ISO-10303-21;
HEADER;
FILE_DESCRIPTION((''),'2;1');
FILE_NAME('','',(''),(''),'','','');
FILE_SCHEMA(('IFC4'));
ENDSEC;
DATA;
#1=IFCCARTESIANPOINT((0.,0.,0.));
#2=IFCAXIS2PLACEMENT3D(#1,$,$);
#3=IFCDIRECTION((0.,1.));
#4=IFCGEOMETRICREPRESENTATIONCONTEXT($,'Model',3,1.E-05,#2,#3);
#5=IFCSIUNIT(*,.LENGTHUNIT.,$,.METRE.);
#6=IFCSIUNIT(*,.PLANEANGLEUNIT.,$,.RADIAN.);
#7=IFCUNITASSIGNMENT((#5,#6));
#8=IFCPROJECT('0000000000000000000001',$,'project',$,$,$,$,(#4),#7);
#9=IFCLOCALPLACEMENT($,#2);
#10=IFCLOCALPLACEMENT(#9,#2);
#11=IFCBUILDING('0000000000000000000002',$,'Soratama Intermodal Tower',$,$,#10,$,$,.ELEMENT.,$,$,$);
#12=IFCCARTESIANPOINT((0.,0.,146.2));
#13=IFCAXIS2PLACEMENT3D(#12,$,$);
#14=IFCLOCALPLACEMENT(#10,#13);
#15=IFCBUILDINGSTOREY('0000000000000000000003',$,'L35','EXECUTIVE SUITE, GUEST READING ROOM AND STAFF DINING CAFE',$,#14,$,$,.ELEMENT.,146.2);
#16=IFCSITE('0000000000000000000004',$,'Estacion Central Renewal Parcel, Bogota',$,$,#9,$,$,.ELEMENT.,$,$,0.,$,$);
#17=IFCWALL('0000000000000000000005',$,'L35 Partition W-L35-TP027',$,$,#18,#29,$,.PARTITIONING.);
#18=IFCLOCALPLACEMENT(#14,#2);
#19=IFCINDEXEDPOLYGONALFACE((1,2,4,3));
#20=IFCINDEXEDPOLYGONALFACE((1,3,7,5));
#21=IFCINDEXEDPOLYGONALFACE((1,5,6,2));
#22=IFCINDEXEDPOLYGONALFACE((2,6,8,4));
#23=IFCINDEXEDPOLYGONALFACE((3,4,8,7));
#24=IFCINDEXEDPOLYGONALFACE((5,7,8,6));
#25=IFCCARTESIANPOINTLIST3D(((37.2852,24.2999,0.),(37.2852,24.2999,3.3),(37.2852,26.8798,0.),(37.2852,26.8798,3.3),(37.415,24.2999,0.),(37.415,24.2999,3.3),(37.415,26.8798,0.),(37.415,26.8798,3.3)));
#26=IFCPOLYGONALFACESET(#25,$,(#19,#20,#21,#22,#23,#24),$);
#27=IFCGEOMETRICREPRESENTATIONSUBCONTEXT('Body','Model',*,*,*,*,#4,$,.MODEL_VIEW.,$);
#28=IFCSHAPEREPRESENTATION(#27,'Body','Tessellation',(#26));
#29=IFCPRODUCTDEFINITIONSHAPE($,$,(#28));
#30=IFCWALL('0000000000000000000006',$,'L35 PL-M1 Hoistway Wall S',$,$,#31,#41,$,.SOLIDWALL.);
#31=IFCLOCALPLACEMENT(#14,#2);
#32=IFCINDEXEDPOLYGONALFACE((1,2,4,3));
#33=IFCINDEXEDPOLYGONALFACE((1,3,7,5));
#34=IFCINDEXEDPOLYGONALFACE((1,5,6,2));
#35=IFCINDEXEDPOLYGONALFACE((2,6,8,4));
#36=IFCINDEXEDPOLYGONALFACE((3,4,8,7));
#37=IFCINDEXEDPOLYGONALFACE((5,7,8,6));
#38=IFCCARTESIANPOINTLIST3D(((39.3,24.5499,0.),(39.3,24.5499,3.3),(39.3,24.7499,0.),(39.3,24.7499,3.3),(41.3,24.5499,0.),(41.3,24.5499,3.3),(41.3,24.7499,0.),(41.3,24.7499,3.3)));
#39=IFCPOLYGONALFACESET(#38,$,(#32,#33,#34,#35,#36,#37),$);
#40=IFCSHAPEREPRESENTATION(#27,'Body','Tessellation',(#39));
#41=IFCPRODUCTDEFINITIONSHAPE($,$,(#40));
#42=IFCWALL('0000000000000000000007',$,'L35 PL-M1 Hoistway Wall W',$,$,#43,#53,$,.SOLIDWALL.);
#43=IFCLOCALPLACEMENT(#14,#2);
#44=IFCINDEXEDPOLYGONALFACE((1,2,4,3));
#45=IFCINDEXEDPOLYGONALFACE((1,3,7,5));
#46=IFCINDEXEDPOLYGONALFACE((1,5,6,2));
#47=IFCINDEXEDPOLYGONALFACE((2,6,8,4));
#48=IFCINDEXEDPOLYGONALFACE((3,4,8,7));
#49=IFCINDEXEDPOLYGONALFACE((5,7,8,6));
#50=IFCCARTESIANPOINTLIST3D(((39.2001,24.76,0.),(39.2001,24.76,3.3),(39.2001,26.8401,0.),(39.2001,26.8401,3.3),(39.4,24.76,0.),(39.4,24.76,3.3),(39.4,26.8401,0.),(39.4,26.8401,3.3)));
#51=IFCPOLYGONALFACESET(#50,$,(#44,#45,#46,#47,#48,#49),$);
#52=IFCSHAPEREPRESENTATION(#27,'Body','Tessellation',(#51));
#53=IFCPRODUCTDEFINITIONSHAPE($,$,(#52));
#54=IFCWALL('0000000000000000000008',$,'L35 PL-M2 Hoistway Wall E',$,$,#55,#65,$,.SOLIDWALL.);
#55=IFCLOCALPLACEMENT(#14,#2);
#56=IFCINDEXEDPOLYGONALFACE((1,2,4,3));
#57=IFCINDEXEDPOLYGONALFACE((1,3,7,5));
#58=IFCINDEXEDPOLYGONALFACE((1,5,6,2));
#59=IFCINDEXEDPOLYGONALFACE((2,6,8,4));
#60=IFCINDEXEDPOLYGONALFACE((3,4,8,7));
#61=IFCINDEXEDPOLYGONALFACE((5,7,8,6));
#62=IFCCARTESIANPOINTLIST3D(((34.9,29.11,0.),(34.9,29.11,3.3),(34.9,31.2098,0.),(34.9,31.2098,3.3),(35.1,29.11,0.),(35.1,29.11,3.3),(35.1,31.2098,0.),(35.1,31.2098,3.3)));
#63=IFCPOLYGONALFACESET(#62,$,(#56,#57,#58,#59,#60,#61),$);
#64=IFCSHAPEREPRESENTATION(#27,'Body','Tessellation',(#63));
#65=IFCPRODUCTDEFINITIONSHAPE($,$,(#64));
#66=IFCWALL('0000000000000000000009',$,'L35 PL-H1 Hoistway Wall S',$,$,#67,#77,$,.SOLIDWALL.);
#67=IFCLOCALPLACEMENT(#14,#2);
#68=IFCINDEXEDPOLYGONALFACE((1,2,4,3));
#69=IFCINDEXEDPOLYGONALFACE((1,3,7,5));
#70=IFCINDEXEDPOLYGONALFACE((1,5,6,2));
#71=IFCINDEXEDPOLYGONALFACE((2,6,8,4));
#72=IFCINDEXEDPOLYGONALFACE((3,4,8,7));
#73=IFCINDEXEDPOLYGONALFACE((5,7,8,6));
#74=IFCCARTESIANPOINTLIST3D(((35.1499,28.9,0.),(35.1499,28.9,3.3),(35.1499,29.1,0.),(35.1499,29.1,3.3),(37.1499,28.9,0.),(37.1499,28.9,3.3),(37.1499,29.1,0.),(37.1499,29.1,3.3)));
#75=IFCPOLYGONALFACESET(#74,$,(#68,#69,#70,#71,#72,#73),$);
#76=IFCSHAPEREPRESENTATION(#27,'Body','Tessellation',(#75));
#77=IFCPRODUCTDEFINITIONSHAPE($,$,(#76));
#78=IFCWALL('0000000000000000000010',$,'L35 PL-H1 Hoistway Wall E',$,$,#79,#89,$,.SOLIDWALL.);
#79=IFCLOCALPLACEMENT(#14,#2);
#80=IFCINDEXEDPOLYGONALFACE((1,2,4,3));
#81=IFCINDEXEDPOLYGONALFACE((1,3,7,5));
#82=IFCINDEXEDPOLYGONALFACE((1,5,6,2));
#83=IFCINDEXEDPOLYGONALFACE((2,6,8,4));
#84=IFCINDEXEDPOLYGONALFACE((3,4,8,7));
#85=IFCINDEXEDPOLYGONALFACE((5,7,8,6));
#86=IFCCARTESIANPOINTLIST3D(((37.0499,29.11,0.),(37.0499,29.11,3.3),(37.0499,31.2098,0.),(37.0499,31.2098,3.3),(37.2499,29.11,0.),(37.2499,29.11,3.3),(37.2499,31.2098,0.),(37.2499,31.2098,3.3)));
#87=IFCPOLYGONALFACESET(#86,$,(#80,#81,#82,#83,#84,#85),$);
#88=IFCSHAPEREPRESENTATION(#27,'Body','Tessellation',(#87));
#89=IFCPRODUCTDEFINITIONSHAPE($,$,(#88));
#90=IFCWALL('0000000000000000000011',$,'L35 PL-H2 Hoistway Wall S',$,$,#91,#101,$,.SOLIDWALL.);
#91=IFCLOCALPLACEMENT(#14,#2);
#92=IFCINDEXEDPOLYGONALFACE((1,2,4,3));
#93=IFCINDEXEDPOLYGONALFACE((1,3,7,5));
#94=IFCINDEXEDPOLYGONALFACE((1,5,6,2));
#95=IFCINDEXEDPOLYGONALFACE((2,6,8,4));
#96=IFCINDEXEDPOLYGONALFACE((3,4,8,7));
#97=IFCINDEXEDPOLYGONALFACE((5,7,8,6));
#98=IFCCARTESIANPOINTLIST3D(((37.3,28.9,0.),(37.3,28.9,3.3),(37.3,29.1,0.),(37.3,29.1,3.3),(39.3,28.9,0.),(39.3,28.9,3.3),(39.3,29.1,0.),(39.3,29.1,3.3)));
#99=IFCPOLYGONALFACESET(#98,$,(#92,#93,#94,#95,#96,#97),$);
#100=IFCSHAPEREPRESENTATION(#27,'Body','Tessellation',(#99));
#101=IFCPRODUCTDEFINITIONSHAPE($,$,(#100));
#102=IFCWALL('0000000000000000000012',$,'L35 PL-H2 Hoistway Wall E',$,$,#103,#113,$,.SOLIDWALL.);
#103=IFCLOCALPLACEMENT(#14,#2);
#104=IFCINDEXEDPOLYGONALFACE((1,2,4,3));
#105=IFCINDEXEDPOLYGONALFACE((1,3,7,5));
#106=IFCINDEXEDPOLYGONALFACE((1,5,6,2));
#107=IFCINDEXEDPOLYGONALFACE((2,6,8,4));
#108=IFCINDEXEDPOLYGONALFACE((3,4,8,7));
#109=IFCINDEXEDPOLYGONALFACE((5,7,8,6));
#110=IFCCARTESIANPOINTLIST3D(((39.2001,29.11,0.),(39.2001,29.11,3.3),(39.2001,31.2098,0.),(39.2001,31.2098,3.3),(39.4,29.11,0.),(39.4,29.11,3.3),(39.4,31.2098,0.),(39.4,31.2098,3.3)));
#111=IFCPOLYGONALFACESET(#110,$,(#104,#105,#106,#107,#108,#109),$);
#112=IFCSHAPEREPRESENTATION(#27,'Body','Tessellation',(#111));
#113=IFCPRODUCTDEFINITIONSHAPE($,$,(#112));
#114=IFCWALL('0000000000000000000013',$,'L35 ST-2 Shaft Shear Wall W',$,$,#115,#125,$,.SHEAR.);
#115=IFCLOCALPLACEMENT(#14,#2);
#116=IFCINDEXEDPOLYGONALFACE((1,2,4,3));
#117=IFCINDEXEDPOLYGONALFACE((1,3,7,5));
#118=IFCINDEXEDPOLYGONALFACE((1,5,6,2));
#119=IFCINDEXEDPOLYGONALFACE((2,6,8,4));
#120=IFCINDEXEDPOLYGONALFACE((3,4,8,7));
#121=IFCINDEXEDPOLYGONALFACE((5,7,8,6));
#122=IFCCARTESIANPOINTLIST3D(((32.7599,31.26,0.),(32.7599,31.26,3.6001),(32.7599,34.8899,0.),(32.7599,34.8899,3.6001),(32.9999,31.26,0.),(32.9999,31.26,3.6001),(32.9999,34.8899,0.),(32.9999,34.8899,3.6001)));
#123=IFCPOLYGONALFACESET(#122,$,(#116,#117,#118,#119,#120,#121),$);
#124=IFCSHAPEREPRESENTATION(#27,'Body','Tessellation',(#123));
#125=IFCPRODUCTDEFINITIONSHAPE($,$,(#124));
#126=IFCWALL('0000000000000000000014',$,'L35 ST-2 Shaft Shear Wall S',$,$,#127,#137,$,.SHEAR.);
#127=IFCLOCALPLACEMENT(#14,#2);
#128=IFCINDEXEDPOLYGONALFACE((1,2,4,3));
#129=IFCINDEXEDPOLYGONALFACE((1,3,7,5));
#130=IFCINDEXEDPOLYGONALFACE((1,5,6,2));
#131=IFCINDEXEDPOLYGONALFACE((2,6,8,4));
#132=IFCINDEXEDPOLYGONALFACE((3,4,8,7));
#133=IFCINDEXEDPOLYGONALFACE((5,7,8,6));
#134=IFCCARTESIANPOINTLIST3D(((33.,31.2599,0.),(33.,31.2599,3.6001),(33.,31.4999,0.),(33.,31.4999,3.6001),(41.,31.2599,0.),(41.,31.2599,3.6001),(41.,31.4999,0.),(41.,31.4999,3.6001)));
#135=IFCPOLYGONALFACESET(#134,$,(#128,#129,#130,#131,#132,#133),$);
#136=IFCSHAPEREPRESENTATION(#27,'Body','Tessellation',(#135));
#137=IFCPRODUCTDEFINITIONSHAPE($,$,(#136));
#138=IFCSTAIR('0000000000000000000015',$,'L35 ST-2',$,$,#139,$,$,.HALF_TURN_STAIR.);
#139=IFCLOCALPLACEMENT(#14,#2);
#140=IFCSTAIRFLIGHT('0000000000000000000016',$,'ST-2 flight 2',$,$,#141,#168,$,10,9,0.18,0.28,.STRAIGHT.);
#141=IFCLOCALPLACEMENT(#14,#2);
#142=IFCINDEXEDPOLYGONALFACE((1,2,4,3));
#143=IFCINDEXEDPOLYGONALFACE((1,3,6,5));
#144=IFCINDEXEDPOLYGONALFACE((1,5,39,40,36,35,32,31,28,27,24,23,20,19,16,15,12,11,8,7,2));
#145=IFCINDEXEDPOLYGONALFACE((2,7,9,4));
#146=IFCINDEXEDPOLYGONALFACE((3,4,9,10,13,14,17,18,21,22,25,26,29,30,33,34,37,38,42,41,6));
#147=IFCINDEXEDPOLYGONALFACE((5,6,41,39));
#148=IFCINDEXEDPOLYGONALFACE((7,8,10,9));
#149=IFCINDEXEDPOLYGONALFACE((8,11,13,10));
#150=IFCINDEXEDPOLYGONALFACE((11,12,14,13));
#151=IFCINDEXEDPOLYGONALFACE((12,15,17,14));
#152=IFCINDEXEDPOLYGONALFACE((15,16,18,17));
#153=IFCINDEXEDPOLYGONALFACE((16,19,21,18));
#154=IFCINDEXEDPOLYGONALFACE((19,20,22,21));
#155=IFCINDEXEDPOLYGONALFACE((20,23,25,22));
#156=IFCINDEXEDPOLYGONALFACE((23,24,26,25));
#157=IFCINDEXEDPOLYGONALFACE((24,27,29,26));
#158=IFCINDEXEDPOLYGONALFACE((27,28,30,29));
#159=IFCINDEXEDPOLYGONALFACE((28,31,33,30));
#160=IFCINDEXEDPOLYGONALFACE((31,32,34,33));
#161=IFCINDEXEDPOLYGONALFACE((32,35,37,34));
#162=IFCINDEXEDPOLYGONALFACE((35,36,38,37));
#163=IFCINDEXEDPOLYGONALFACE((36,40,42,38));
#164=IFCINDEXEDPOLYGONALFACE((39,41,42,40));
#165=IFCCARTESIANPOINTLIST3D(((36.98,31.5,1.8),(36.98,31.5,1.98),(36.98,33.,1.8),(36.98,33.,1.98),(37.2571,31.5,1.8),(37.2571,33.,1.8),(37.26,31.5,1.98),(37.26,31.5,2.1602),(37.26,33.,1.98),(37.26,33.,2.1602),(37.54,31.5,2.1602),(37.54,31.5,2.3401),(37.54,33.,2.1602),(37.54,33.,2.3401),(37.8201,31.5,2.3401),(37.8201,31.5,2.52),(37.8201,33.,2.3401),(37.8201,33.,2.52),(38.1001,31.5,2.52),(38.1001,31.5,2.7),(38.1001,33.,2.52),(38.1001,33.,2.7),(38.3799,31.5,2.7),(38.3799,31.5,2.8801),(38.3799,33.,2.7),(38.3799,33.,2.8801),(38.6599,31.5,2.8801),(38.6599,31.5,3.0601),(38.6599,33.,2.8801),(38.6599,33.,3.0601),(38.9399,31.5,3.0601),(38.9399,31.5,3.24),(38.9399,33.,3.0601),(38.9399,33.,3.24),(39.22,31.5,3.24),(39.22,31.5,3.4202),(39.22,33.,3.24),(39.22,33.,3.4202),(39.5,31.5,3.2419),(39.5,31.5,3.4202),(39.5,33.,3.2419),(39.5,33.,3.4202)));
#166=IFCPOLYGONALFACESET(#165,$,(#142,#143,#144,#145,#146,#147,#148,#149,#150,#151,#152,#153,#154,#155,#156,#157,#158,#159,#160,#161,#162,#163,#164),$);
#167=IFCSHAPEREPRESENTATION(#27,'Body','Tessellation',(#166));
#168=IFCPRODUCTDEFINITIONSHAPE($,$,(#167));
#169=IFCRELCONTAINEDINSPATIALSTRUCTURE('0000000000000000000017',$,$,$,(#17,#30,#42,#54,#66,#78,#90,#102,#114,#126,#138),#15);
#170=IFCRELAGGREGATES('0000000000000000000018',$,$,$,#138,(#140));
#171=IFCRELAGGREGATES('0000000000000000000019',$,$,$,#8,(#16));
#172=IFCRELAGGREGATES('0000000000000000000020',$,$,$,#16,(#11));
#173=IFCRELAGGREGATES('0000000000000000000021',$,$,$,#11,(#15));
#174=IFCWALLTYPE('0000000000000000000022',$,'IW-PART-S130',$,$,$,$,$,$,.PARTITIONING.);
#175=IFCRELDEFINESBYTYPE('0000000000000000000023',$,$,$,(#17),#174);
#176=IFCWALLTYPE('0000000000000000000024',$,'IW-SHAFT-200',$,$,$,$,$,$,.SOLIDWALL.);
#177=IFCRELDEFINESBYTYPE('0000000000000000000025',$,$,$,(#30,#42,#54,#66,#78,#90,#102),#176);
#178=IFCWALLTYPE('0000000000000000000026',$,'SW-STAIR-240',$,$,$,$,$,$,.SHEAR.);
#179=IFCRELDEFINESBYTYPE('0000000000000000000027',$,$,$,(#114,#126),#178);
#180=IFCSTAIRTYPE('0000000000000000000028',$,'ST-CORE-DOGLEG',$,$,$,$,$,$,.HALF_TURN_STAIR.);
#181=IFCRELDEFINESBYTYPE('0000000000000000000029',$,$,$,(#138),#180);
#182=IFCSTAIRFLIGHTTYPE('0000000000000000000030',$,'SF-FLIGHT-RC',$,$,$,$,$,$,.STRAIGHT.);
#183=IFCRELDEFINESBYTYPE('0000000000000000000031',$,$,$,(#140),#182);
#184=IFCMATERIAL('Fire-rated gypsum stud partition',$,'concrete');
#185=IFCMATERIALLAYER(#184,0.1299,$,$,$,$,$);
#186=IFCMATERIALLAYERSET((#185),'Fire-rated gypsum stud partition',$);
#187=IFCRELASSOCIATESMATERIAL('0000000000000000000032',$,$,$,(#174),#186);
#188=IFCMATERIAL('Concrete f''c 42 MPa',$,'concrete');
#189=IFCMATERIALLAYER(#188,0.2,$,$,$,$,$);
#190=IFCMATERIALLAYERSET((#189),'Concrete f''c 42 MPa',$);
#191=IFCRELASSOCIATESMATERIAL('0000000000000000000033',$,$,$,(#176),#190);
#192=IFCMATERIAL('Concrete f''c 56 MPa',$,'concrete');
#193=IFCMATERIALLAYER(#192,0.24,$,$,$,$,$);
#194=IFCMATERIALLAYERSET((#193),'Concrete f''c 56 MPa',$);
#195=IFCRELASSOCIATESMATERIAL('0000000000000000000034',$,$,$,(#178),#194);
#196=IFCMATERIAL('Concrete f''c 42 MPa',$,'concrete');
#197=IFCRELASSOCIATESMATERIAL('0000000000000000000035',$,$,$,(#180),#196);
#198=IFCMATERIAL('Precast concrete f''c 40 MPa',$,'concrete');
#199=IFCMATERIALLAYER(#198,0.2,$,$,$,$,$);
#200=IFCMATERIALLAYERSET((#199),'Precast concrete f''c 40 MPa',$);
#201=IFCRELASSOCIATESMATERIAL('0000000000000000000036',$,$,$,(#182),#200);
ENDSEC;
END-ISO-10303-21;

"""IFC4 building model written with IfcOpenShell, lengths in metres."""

from ifc_helpers import new_model, si_unit, direction, frame, frame_2d, origin, place, context, subcontext, project, spatial, polyline, rectangle, outline, extrude, material, layer, layer_set, type_object, element, aggregate, save


model = new_model("IFC4")

# Units and contexts
model_context = context("Model", 3, precision=1e-05, world=origin(), true_north=direction((0.0, 1.0)))
body_context = subcontext(model_context, "Body", "Model", "MODEL_VIEW")
ifc_project = project(units=[si_unit("LENGTHUNIT", "METRE"), si_unit("PLANEANGLEUNIT", "RADIAN")], contexts=[model_context])

# Site, building, storey
site_placement = place(None, origin())
site = spatial("IfcSite", under=ifc_project, at=site_placement, Name="Estacion Central Renewal Parcel, Bogota", CompositionType="ELEMENT", RefElevation=0.0)
building_placement = place(site_placement, origin())
building = spatial("IfcBuilding", under=site, at=building_placement, Name="Soratama Intermodal Tower", CompositionType="ELEMENT")
storey_placement = place(building_placement, frame((0.0, 0.0, 146.2)))
storey = spatial("IfcBuildingStorey", under=building, at=storey_placement, Name="L35", Description="EXECUTIVE SUITE, GUEST READING ROOM AND STAFF DINING CAFE", CompositionType="ELEMENT", Elevation=146.2)

# Walls
ifc_material_1 = material(Name="Fire-rated gypsum stud partition", Category="concrete")
ifc_layer_1 = layer(ifc_material_1, 0.1299)
ifc_layer_set_1 = layer_set([ifc_layer_1], Name="Fire-rated gypsum stud partition")
wall_type_1 = type_object("IfcWallType", Name="IW-PART-S130", PredefinedType="PARTITIONING", material=ifc_layer_set_1)
wall_1_placement = place(storey_placement, frame((37.3501, 26.8799, 0.0), z_axis=(0.0, 0.0, 1.0), x_axis=(0.0, -1.0, 0.0)))
element("IfcWall", 1, at=wall_1_placement, inside=storey, type_object=wall_type_1, Name="L35 Partition W-L35-TP027", PredefinedType="PARTITIONING", context=body_context, shape_type="SweptSolid", body=[
    extrude(rectangle(XDim=2.5798, YDim=0.1299, at=frame_2d((1.29, 0.0))), origin(), (0.0, 0.0, 1.0), 3.3),
])
ifc_material_2 = material(Name="Concrete f'c 42 MPa", Category="concrete")
ifc_layer_2 = layer(ifc_material_2, 0.2)
ifc_layer_set_2 = layer_set([ifc_layer_2], Name="Concrete f'c 42 MPa")
wall_type_2 = type_object("IfcWallType", Name="IW-SHAFT-200", PredefinedType="SOLIDWALL", material=ifc_layer_set_2)
wall_2_placement = place(storey_placement, frame((39.3, 24.6499, 0.0), z_axis=(0.0, 0.0, 1.0), x_axis=(1.0, 0.0, 0.0)))
element("IfcWall", 2, at=wall_2_placement, inside=storey, type_object=wall_type_2, Name="L35 PL-M1 Hoistway Wall S", PredefinedType="SOLIDWALL", context=body_context, shape_type="SweptSolid", body=[
    extrude(rectangle(XDim=2.0, YDim=0.2, at=frame_2d((1.0, 0.0))), origin(), (0.0, 0.0, 1.0), 3.3),
])

# Walls
wall_3_placement = place(storey_placement, frame((39.3, 24.76, 0.0), z_axis=(0.0, 0.0, 1.0), x_axis=(0.0, 1.0, 0.0)))
element("IfcWall", 3, at=wall_3_placement, inside=storey, type_object=wall_type_2, Name="L35 PL-M1 Hoistway Wall W", PredefinedType="SOLIDWALL", context=body_context, shape_type="SweptSolid", body=[
    extrude(rectangle(XDim=2.0801, YDim=0.2, at=frame_2d((1.04, 0.0))), origin(), (0.0, 0.0, 1.0), 3.3),
])
wall_4_placement = place(storey_placement, frame((35.0, 29.1101, 0.0), z_axis=(0.0, 0.0, 1.0), x_axis=(0.0, 1.0, 0.0)))
element("IfcWall", 4, at=wall_4_placement, inside=storey, type_object=wall_type_2, Name="L35 PL-M2 Hoistway Wall E", PredefinedType="SOLIDWALL", context=body_context, shape_type="SweptSolid", body=[
    extrude(rectangle(XDim=2.0999, YDim=0.2, at=frame_2d((1.0498, 0.0))), origin(), (0.0, 0.0, 1.0), 3.3),
])
wall_5_placement = place(storey_placement, frame((35.1499, 29.0, 0.0), z_axis=(0.0, 0.0, 1.0), x_axis=(1.0, 0.0, 0.0)))
element("IfcWall", 5, at=wall_5_placement, inside=storey, type_object=wall_type_2, Name="L35 PL-H1 Hoistway Wall S", PredefinedType="SOLIDWALL", context=body_context, shape_type="SweptSolid", body=[
    extrude(rectangle(XDim=2.0, YDim=0.2, at=frame_2d((1.0, 0.0))), origin(), (0.0, 0.0, 1.0), 3.3),
])
wall_6_placement = place(storey_placement, frame((37.1499, 29.1101, 0.0), z_axis=(0.0, 0.0, 1.0), x_axis=(0.0, 1.0, 0.0)))
element("IfcWall", 6, at=wall_6_placement, inside=storey, type_object=wall_type_2, Name="L35 PL-H1 Hoistway Wall E", PredefinedType="SOLIDWALL", context=body_context, shape_type="SweptSolid", body=[
    extrude(rectangle(XDim=2.0999, YDim=0.2, at=frame_2d((1.0498, 0.0))), origin(), (0.0, 0.0, 1.0), 3.3),
])
wall_7_placement = place(storey_placement, frame((37.3, 29.0, 0.0), z_axis=(0.0, 0.0, 1.0), x_axis=(1.0, 0.0, 0.0)))
element("IfcWall", 7, at=wall_7_placement, inside=storey, type_object=wall_type_2, Name="L35 PL-H2 Hoistway Wall S", PredefinedType="SOLIDWALL", context=body_context, shape_type="SweptSolid", body=[
    extrude(rectangle(XDim=2.0, YDim=0.2, at=frame_2d((1.0, 0.0))), origin(), (0.0, 0.0, 1.0), 3.3),
])
wall_8_placement = place(storey_placement, frame((39.3, 29.1101, 0.0), z_axis=(0.0, 0.0, 1.0), x_axis=(0.0, 1.0, 0.0)))
element("IfcWall", 8, at=wall_8_placement, inside=storey, type_object=wall_type_2, Name="L35 PL-H2 Hoistway Wall E", PredefinedType="SOLIDWALL", context=body_context, shape_type="SweptSolid", body=[
    extrude(rectangle(XDim=2.0999, YDim=0.2, at=frame_2d((1.0498, 0.0))), origin(), (0.0, 0.0, 1.0), 3.3),
])
ifc_material_3 = material(Name="Concrete f'c 56 MPa", Category="concrete")
ifc_layer_3 = layer(ifc_material_3, 0.24)
ifc_layer_set_3 = layer_set([ifc_layer_3], Name="Concrete f'c 56 MPa")
wall_type_3 = type_object("IfcWallType", Name="SW-STAIR-240", PredefinedType="SHEAR", material=ifc_layer_set_3)
wall_9_placement = place(storey_placement, frame((32.8799, 31.26, 0.0), z_axis=(0.0, 0.0, 1.0), x_axis=(0.0, 1.0, 0.0)))
element("IfcWall", 9, at=wall_9_placement, inside=storey, type_object=wall_type_3, Name="L35 ST-2 Shaft Shear Wall W", PredefinedType="SHEAR", context=body_context, shape_type="SweptSolid", body=[
    extrude(rectangle(XDim=3.6299, YDim=0.24, at=frame_2d((1.8149, 0.0))), origin(), (0.0, 0.0, 1.0), 3.6001),
])

# Wall
wall_10_placement = place(storey_placement, frame((33.0, 31.3799, 0.0), z_axis=(0.0, 0.0, 1.0), x_axis=(1.0, 0.0, 0.0)))
element("IfcWall", 10, at=wall_10_placement, inside=storey, type_object=wall_type_3, Name="L35 ST-2 Shaft Shear Wall S", PredefinedType="SHEAR", context=body_context, shape_type="SweptSolid", body=[
    extrude(rectangle(XDim=8.0, YDim=0.24, at=frame_2d((4.0, 0.0))), origin(), (0.0, 0.0, 1.0), 3.6001),
])

# Stair, stair flight
ifc_material_4 = material(Name="Concrete f'c 42 MPa", Category="concrete")
stair_type = type_object("IfcStairType", Name="ST-CORE-DOGLEG", PredefinedType="HALF_TURN_STAIR", material=ifc_material_4)
stair_placement = place(storey_placement, origin())
stair = element("IfcStair", 11, at=stair_placement, inside=storey, type_object=stair_type, Name="L35 ST-2", PredefinedType="HALF_TURN_STAIR")
ifc_material_5 = material(Name="Precast concrete f'c 40 MPa", Category="concrete")
ifc_layer_4 = layer(ifc_material_5, 0.2)
ifc_layer_set_4 = layer_set([ifc_layer_4], Name="Precast concrete f'c 40 MPa")
stair_flight_type = type_object("IfcStairFlightType", Name="SF-FLIGHT-RC", PredefinedType="STRAIGHT", material=ifc_layer_set_4)
stair_flight_placement = place(storey_placement, frame((36.98, 32.25, 1.8), z_axis=(0.0, 0.0, 1.0), x_axis=(1.0, 0.0, 0.0)))
stair_flight = element("IfcStairFlight", 12, at=stair_flight_placement, type_object=stair_flight_type, Name="ST-2 flight 2", NumberOfRisers=10, NumberOfTreads=9, PredefinedType="STRAIGHT", RiserHeight=0.18, TreadLength=0.28, context=body_context, shape_type="SweptSolid", body=[
    extrude(outline(polyline([(0.0, 0.0), (0.0, 0.1799), (0.28, 0.1799), (0.28, 0.3601), (0.5601, 0.3601), (0.5601, 0.54), (0.8401, 0.54), (0.8401, 0.72), (1.1201, 0.72), (1.1201, 0.8999), (1.3999, 0.8999), (1.3999, 1.0801), (1.6799, 1.0801), (1.6799, 1.26), (1.96, 1.26), (1.96, 1.4399), (2.24, 1.4399), (2.24, 1.6201), (2.52, 1.6201), (2.52, 1.8), (2.52, 1.4419), (0.2771, 0.0), (0.0, 0.0)])), frame((0.0, 0.75, 0.0), z_axis=(0.0, -1.0, 0.0), x_axis=(1.0, 0.0, 0.0)), (0.0, 0.0, 1.0), 1.5),
])
aggregate(stair, [stair_flight])

save(model, "model.ifc")
